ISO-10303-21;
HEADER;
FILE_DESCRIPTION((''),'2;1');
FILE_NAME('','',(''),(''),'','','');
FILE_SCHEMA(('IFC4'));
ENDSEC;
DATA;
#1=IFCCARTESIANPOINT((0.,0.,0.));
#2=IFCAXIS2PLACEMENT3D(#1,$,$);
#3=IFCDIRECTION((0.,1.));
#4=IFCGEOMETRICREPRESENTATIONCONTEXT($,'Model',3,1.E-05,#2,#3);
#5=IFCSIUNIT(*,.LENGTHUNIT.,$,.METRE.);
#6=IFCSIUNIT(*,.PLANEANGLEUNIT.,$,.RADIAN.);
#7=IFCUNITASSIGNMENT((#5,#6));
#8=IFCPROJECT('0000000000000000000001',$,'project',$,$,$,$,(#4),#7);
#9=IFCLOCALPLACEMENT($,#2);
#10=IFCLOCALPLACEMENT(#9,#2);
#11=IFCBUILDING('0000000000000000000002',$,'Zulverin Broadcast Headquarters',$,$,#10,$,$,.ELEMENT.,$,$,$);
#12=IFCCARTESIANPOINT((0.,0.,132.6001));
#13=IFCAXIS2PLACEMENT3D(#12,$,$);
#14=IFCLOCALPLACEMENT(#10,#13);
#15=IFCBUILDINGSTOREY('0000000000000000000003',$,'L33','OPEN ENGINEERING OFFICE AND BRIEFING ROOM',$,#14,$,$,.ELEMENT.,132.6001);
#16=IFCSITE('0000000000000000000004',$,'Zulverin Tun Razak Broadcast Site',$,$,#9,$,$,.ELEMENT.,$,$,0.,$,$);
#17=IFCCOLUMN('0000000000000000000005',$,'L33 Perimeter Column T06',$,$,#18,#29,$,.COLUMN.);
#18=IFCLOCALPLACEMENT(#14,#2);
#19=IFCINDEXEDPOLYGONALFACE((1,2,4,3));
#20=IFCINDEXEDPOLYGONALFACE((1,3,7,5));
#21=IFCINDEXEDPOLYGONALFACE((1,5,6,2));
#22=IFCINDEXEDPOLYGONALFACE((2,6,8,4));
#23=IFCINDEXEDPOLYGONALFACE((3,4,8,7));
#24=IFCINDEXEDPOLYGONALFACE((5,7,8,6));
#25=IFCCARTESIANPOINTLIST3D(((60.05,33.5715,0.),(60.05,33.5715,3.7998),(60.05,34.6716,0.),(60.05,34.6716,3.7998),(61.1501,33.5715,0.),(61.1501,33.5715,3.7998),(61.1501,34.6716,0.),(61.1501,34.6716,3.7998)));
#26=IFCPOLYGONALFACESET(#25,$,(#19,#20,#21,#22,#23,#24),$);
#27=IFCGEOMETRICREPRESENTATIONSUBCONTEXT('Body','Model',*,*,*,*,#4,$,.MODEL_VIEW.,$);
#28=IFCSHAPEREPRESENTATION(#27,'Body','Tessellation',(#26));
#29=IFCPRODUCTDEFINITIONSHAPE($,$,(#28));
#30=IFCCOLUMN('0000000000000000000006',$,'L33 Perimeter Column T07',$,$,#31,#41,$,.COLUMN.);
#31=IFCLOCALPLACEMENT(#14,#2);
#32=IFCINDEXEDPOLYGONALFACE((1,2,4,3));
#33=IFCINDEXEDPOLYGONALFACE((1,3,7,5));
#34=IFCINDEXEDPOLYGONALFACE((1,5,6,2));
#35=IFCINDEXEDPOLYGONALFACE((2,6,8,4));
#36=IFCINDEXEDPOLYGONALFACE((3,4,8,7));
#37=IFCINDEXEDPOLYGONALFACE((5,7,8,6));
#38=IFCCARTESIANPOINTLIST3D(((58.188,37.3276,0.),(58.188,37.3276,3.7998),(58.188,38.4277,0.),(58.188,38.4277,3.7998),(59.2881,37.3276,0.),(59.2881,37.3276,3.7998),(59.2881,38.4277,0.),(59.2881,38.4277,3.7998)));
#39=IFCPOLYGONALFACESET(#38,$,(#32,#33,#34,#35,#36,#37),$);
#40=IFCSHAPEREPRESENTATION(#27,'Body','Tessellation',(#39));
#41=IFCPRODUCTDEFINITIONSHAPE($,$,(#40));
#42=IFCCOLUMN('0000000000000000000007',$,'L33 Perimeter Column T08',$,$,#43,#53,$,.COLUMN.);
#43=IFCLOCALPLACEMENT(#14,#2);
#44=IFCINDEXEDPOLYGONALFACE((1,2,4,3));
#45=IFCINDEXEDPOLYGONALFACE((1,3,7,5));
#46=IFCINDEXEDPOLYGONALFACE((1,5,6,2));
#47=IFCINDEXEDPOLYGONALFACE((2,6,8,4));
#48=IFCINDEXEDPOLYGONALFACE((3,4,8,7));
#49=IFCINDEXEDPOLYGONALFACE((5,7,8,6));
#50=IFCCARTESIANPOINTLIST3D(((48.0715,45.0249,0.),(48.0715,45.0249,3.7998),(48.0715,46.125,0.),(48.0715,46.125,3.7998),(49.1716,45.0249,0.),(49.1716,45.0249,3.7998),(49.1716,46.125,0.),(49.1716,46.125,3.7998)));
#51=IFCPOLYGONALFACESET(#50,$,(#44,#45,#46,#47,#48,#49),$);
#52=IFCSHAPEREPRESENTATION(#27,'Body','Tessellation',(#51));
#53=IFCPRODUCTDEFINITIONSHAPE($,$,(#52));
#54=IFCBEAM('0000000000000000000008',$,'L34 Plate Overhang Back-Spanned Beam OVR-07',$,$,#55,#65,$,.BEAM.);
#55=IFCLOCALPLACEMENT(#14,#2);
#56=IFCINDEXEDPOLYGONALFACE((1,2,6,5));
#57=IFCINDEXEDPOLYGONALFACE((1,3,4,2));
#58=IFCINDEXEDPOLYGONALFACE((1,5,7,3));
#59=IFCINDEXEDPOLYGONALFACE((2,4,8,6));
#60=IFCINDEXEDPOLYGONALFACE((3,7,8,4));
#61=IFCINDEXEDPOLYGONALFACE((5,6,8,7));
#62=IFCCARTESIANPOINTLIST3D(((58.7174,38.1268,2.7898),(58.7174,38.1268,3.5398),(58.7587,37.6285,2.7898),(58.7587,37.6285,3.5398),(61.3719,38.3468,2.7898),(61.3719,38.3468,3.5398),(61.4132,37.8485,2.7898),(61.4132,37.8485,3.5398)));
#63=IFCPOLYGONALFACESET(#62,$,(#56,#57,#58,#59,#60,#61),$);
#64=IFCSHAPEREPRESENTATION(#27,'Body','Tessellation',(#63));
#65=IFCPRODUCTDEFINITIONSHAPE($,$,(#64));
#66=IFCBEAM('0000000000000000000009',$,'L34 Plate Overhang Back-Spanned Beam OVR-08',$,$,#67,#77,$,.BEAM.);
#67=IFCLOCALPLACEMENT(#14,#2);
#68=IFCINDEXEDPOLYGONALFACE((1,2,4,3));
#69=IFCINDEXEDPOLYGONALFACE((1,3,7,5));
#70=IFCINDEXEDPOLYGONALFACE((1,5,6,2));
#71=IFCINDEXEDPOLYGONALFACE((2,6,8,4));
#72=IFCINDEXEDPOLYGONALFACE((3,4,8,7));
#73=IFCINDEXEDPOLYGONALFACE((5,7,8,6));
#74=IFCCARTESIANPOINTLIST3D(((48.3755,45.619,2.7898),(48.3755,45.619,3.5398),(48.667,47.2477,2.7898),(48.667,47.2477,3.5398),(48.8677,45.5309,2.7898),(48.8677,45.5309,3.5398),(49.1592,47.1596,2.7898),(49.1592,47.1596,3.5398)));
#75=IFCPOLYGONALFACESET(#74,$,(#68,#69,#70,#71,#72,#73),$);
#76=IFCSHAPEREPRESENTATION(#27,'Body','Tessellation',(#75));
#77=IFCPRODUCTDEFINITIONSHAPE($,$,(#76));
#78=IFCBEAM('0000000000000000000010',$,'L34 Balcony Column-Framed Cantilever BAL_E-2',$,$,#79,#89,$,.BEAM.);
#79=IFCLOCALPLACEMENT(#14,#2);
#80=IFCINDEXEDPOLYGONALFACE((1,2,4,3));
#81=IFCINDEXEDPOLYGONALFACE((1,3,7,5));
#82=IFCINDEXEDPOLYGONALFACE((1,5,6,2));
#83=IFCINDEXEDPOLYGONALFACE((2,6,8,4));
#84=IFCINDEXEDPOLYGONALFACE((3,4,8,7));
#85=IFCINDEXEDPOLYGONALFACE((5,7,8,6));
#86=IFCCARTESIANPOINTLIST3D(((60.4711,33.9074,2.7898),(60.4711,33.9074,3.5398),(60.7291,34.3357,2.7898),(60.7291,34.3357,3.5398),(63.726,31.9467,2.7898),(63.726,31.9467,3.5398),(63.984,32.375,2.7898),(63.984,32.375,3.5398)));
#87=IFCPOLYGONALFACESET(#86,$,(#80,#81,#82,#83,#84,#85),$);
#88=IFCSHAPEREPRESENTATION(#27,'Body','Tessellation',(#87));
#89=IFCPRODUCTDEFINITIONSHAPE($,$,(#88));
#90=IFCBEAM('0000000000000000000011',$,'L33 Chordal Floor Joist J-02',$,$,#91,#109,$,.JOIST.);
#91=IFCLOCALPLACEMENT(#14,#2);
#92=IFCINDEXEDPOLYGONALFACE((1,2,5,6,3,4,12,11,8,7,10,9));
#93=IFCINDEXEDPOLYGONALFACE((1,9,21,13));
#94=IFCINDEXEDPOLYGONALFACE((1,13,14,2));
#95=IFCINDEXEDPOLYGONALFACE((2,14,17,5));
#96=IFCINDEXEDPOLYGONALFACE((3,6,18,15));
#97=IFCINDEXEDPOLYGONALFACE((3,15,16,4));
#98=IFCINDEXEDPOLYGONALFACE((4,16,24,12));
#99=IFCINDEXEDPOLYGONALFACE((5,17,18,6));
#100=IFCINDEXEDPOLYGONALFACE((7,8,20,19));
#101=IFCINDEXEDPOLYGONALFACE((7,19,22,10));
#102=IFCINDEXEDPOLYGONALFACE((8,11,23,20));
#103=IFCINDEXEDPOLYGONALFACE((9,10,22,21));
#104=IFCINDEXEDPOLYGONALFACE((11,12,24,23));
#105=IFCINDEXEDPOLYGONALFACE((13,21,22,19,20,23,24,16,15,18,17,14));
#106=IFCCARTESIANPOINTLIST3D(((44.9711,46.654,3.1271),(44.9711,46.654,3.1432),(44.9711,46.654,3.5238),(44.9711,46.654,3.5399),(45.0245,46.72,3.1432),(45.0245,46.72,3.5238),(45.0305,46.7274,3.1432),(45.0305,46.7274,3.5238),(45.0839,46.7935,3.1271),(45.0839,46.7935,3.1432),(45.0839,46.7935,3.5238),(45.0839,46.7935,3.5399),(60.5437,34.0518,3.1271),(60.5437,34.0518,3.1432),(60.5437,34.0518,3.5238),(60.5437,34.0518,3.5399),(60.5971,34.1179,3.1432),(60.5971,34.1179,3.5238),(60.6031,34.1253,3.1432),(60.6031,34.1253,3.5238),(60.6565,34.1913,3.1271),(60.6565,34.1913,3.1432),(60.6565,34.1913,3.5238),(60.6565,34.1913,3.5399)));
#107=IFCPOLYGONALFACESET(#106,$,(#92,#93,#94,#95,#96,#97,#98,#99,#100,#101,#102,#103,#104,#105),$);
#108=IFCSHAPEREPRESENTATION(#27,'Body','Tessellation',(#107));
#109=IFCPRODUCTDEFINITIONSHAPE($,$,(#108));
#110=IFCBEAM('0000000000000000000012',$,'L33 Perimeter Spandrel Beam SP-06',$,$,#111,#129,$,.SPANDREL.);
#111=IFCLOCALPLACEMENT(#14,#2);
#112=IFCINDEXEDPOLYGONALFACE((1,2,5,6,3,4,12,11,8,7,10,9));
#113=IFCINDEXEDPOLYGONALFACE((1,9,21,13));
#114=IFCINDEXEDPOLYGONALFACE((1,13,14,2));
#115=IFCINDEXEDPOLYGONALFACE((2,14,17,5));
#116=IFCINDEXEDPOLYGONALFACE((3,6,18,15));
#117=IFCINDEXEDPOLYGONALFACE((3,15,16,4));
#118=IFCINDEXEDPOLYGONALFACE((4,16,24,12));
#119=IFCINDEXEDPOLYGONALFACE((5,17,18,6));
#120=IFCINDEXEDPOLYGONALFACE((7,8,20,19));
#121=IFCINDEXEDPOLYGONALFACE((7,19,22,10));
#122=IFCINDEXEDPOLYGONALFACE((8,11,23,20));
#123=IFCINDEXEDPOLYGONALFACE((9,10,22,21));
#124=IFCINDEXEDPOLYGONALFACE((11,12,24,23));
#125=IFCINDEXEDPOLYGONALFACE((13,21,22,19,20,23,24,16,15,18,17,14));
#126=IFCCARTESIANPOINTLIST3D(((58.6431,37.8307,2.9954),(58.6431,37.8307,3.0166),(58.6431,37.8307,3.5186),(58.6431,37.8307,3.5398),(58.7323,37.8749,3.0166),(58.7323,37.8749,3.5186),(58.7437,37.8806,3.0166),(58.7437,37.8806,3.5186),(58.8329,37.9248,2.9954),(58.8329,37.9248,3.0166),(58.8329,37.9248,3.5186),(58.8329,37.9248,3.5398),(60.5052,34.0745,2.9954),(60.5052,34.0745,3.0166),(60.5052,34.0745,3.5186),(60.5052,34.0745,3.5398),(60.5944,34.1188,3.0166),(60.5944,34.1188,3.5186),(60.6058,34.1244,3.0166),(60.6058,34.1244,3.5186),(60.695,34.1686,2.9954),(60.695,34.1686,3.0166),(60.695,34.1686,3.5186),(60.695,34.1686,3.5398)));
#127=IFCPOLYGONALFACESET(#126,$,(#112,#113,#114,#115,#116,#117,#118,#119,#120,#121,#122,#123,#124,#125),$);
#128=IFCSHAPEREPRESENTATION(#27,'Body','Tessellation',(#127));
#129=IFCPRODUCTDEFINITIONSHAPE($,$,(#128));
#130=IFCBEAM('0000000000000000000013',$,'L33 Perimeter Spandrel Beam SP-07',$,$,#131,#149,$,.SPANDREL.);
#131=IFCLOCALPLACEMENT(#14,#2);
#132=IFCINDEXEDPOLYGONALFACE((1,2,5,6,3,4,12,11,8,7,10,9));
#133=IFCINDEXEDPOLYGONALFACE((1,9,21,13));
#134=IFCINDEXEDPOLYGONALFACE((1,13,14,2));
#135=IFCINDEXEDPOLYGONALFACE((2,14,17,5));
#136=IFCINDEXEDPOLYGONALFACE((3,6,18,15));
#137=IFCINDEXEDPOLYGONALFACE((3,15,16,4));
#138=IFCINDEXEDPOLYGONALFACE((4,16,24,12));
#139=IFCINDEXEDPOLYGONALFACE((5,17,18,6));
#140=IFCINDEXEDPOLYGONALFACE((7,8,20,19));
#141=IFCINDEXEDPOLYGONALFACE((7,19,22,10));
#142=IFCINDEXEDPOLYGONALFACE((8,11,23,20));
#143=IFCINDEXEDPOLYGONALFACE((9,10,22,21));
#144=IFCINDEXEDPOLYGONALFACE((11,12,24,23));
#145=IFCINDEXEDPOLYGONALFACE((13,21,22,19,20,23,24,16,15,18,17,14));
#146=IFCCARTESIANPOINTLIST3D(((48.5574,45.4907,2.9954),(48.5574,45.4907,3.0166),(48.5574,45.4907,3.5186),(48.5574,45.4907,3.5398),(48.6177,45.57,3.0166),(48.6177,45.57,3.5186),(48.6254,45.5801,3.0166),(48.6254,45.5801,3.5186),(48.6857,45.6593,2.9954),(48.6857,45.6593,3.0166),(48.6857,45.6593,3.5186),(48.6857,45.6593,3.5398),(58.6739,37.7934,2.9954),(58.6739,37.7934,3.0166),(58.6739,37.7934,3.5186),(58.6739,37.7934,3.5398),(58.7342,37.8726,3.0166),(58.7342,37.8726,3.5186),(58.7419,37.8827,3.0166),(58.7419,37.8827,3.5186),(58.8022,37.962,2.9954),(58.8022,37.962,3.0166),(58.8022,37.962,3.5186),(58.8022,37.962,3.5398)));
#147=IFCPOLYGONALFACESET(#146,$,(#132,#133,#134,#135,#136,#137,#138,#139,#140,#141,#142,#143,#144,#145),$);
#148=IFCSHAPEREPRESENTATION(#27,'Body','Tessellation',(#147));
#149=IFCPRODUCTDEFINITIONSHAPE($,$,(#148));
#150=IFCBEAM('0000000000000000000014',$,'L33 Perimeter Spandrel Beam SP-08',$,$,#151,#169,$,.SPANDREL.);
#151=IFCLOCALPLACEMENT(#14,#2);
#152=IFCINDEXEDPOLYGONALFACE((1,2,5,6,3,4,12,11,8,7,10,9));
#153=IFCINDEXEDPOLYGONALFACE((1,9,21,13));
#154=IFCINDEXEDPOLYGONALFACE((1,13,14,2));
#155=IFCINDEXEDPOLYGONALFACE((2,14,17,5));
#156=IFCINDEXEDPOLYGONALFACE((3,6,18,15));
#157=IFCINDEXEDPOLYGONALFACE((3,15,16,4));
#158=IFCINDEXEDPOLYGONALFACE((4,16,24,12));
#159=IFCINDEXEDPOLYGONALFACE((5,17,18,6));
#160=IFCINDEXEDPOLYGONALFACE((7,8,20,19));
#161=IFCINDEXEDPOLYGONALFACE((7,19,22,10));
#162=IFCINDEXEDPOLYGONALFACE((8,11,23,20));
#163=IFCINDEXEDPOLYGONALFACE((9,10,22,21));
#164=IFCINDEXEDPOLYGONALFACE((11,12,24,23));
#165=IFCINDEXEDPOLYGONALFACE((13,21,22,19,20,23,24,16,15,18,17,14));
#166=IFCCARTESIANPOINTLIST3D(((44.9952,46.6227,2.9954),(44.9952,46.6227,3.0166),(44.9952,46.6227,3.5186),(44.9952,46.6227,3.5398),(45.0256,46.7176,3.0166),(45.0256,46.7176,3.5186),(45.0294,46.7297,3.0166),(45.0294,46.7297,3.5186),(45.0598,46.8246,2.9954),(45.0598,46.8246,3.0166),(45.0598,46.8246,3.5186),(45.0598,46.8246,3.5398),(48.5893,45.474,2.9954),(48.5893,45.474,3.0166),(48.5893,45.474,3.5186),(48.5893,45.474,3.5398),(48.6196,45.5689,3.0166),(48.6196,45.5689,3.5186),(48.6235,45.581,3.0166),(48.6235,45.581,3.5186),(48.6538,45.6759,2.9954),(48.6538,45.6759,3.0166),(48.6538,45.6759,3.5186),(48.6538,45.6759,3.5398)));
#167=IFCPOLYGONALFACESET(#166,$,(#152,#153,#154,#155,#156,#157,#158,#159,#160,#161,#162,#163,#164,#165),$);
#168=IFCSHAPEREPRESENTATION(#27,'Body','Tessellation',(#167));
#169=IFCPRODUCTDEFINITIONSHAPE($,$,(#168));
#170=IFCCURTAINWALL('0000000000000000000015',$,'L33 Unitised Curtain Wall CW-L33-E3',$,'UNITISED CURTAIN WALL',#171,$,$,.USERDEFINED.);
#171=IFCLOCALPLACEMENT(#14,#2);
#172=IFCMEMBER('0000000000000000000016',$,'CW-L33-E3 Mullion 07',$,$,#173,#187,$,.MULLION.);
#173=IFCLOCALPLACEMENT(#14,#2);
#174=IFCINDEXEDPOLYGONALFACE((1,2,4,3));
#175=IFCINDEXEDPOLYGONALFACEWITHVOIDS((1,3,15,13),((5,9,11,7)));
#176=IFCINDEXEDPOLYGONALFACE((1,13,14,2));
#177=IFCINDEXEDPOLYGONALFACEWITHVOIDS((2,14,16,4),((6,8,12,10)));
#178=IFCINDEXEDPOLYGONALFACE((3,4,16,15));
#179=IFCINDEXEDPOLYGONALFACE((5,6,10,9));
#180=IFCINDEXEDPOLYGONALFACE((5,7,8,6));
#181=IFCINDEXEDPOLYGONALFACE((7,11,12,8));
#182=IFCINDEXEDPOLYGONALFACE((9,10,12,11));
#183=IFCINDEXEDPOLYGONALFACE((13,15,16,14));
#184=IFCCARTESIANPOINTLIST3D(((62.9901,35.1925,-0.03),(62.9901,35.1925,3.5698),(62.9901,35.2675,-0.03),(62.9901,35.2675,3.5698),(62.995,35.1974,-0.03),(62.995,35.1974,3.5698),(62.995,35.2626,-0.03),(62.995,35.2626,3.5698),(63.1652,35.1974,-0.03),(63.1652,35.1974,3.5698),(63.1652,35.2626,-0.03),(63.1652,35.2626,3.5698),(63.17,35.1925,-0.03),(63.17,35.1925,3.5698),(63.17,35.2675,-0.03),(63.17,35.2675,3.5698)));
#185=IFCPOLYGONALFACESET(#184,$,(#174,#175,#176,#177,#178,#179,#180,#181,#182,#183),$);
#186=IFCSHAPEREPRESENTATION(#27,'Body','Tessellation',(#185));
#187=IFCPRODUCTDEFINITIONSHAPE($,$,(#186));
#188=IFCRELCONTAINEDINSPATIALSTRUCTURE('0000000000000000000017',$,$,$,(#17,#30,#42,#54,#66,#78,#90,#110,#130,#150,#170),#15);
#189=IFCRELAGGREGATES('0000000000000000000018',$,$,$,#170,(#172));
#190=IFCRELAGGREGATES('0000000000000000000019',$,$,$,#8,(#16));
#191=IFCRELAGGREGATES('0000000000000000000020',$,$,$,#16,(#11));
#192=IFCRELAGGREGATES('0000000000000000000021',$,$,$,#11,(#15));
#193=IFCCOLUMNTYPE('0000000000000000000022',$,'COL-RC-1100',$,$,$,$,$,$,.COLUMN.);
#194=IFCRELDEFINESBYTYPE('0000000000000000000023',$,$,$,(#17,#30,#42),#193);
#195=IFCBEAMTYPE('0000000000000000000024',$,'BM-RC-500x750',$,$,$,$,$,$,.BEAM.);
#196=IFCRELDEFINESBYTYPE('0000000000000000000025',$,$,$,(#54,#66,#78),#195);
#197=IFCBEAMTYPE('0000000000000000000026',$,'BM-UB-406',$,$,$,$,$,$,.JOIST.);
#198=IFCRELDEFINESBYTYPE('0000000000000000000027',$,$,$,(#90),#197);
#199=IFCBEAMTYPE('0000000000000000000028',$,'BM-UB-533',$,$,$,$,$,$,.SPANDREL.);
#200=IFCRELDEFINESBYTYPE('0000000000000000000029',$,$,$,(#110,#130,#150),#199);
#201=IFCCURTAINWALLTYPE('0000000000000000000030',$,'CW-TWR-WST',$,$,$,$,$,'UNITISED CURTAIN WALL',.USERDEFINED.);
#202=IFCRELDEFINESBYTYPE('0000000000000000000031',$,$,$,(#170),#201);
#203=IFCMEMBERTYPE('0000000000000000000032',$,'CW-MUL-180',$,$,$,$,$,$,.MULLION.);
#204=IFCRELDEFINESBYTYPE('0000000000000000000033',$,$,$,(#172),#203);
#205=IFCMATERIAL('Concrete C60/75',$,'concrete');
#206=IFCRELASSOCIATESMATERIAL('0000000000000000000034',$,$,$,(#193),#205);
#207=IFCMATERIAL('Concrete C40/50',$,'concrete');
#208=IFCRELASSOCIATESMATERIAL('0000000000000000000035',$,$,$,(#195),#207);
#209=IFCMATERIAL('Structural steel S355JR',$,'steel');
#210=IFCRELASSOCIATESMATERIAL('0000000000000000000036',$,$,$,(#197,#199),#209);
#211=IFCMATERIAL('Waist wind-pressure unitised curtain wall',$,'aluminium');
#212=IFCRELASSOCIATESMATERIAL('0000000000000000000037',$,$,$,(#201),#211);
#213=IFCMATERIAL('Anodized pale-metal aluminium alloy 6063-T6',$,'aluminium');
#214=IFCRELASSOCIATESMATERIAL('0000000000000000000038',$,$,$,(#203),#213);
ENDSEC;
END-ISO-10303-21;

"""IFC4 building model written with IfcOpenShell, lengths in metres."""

from ifc_helpers import new_model, si_unit, direction, frame, origin, origin_2d, place, context, subcontext, project, spatial, rectangle, hollow_rectangle, i_section, extrude, material, material_profile, profile_set, type_object, element, aggregate, save


model = new_model("IFC4")

# Units and contexts
model_context = context("Model", 3, precision=1e-05, world=origin(), true_north=direction((0.0, 1.0)))
body_context = subcontext(model_context, "Body", "Model", "MODEL_VIEW")
ifc_project = project(units=[si_unit("LENGTHUNIT", "METRE"), si_unit("PLANEANGLEUNIT", "RADIAN")], contexts=[model_context])

# Site, building, storey
site_placement = place(None, origin())
site = spatial("IfcSite", under=ifc_project, at=site_placement, Name="Zulverin Tun Razak Broadcast Site", CompositionType="ELEMENT", RefElevation=0.0)
building_placement = place(site_placement, origin())
building = spatial("IfcBuilding", under=site, at=building_placement, Name="Zulverin Broadcast Headquarters", CompositionType="ELEMENT")
storey_placement = place(building_placement, frame((0.0, 0.0, 132.6001)))
storey = spatial("IfcBuildingStorey", under=building, at=storey_placement, Name="L33", Description="OPEN ENGINEERING OFFICE AND BRIEFING ROOM", CompositionType="ELEMENT", Elevation=132.6001)

# Columns
ifc_material_1 = material(Name="Concrete C60/75", Category="concrete")
ifc_material_profile_1 = material_profile(ifc_material_1, rectangle(XDim=1.1001, YDim=1.1001, at=origin_2d()), Name="Concrete C60/75", Category="concrete")
ifc_profile_set_1 = profile_set([ifc_material_profile_1], Name="Concrete C60/75")
column_type = type_object("IfcColumnType", Name="COL-RC-1100", PredefinedType="COLUMN", material=ifc_profile_set_1)
for number, where, z_axis, x_axis, name in (
    (1, (60.6001, 34.1216, 0.0), (0.0, 0.0, 1.0), (1.0, 0.0, 0.0), "L33 Perimeter Column T06"),
    (2, (58.738, 37.8777, 0.0), (0.0, 0.0, 1.0), (1.0, 0.0, 0.0), "L33 Perimeter Column T07"),
    (3, (48.6216, 45.575, 0.0), (0.0, 0.0, 1.0), (1.0, 0.0, 0.0), "L33 Perimeter Column T08"),
):
    element("IfcColumn", number, at=place(storey_placement, frame(where, z_axis=z_axis, x_axis=x_axis)), inside=storey, type_object=column_type, Name=name, PredefinedType="COLUMN", context=body_context, shape_type="SweptSolid", body=[
        extrude(rectangle(XDim=1.1001, YDim=1.1001, at=origin_2d()), origin(), (0.0, 0.0, 1.0), 3.7998),
    ])

# Beams
ifc_material_2 = material(Name="Concrete C40/50", Category="concrete")
ifc_material_profile_2 = material_profile(ifc_material_2, rectangle(XDim=0.5, YDim=0.75, at=origin_2d()), Name="Concrete C40/50", Category="concrete")
ifc_profile_set_2 = profile_set([ifc_material_profile_2], Name="Concrete C40/50")
beam_type_1 = type_object("IfcBeamType", Name="BM-RC-500x750", PredefinedType="BEAM", material=ifc_profile_set_2)
beam_1_placement = place(storey_placement, frame((58.738, 37.8777, 3.1648), z_axis=(0.996584, 0.082583, 0.0), x_axis=(-0.082583, 0.996584, 0.0)))
element("IfcBeam", 4, at=beam_1_placement, inside=storey, type_object=beam_type_1, Name="L34 Plate Overhang Back-Spanned Beam OVR-07", PredefinedType="BEAM", context=body_context, shape_type="SweptSolid", body=[
    extrude(rectangle(XDim=0.5, YDim=0.75, at=origin_2d()), origin(), (0.0, 0.0, 1.0), 2.6636),
])
beam_2_placement = place(storey_placement, frame((48.6216, 45.575, 3.1648), z_axis=(0.176184, 0.984357, 0.0), x_axis=(-0.984357, 0.176184, 0.0)))
element("IfcBeam", 5, at=beam_2_placement, inside=storey, type_object=beam_type_1, Name="L34 Plate Overhang Back-Spanned Beam OVR-08", PredefinedType="BEAM", context=body_context, shape_type="SweptSolid", body=[
    extrude(rectangle(XDim=0.5, YDim=0.75, at=origin_2d()), origin(), (0.0, 0.0, 1.0), 1.6545),
])
beam_3_placement = place(storey_placement, frame((60.6001, 34.1216, 3.1648), z_axis=(0.85659, -0.515997, 0.0), x_axis=(0.515997, 0.85659, 0.0)))
element("IfcBeam", 6, at=beam_3_placement, inside=storey, type_object=beam_type_1, Name="L34 Balcony Column-Framed Cantilever BAL_E-2", PredefinedType="BEAM", context=body_context, shape_type="SweptSolid", body=[
    extrude(rectangle(XDim=0.5, YDim=0.75, at=origin_2d()), origin(), (0.0, 0.0, 1.0), 3.7998),
])
ifc_material_3 = material(Name="Structural steel S355JR", Category="steel")
ifc_material_profile_3 = material_profile(ifc_material_3, i_section(OverallWidth=0.1794, OverallDepth=0.4128, WebThickness=0.0095, FlangeThickness=0.0161, at=origin_2d()), Name="Structural steel S355JR", Category="steel")
ifc_profile_set_3 = profile_set([ifc_material_profile_3], Name="Structural steel S355JR")
beam_type_2 = type_object("IfcBeamType", Name="BM-UB-406", PredefinedType="JOIST", material=ifc_profile_set_3)
beam_4_placement = place(storey_placement, frame((60.6001, 34.1216, 3.3335), z_axis=(-0.777349, 0.62907, 0.0), x_axis=(-0.62907, -0.777349, 0.0)))
element("IfcBeam", 7, at=beam_4_placement, inside=storey, type_object=beam_type_2, Name="L33 Chordal Floor Joist J-02", PredefinedType="JOIST", context=body_context, shape_type="SweptSolid", body=[
    extrude(i_section(OverallWidth=0.1794, OverallDepth=0.4128, WebThickness=0.0095, FlangeThickness=0.0161, at=origin_2d()), origin(), (0.0, 0.0, 1.0), 20.033),
])
ifc_material_profile_4 = material_profile(ifc_material_3, i_section(OverallWidth=0.2119, OverallDepth=0.5444, WebThickness=0.0127, FlangeThickness=0.0212, at=origin_2d()), Name="Structural steel S355JR", Category="steel")
ifc_profile_set_4 = profile_set([ifc_material_profile_4], Name="Structural steel S355JR")
beam_type_3 = type_object("IfcBeamType", Name="BM-UB-533", PredefinedType="SPANDREL", material=ifc_profile_set_4)
beam_5_placement = place(storey_placement, frame((60.6001, 34.1216, 3.2676), z_axis=(-0.444159, 0.895948, 0.0), x_axis=(-0.895948, -0.444159, 0.0)))
element("IfcBeam", 8, at=beam_5_placement, inside=storey, type_object=beam_type_3, Name="L33 Perimeter Spandrel Beam SP-06", PredefinedType="SPANDREL", context=body_context, shape_type="SweptSolid", body=[
    extrude(i_section(OverallWidth=0.2119, OverallDepth=0.5444, WebThickness=0.0127, FlangeThickness=0.0212, at=origin_2d()), origin(), (0.0, 0.0, 1.0), 4.1924),
])
beam_6_placement = place(storey_placement, frame((58.738, 37.8777, 3.2676), z_axis=(-0.79583, 0.60552, 0.0), x_axis=(-0.60552, -0.79583, 0.0)))
element("IfcBeam", 9, at=beam_6_placement, inside=storey, type_object=beam_type_3, Name="L33 Perimeter Spandrel Beam SP-07", PredefinedType="SPANDREL", context=body_context, shape_type="SweptSolid", body=[
    extrude(i_section(OverallWidth=0.2119, OverallDepth=0.5444, WebThickness=0.0127, FlangeThickness=0.0212, at=origin_2d()), origin(), (0.0, 0.0, 1.0), 12.7119),
])
beam_7_placement = place(storey_placement, frame((48.6216, 45.575, 3.2676), z_axis=(-0.952532, 0.30444, 0.0), x_axis=(-0.30444, -0.952532, 0.0)))
element("IfcBeam", 10, at=beam_7_placement, inside=storey, type_object=beam_type_3, Name="L33 Perimeter Spandrel Beam SP-08", PredefinedType="SPANDREL", context=body_context, shape_type="SweptSolid", body=[
    extrude(i_section(OverallWidth=0.2119, OverallDepth=0.5444, WebThickness=0.0127, FlangeThickness=0.0212, at=origin_2d()), origin(), (0.0, 0.0, 1.0), 3.7732),
])

# Curtain wall, member
ifc_material_4 = material(Name="Waist wind-pressure unitised curtain wall", Category="aluminium")
curtain_wall_type = type_object("IfcCurtainWallType", Name="CW-TWR-WST", ElementType="UNITISED CURTAIN WALL", PredefinedType="USERDEFINED", material=ifc_material_4)
curtain_wall_placement = place(storey_placement, origin())
curtain_wall = element("IfcCurtainWall", 11, at=curtain_wall_placement, inside=storey, type_object=curtain_wall_type, Name="L33 Unitised Curtain Wall CW-L33-E3", ObjectType="UNITISED CURTAIN WALL", PredefinedType="USERDEFINED")
ifc_material_5 = material(Name="Anodized pale-metal aluminium alloy 6063-T6", Category="aluminium")
ifc_material_profile_5 = material_profile(ifc_material_5, hollow_rectangle(XDim=0.075, YDim=0.1799, WallThickness=0.0049, at=origin_2d()), Name="Anodized pale-metal aluminium alloy 6063-T6", Category="aluminium")
ifc_profile_set_5 = profile_set([ifc_material_profile_5], Name="Anodized pale-metal aluminium alloy 6063-T6")
member_type = type_object("IfcMemberType", Name="CW-MUL-180", PredefinedType="MULLION", material=ifc_profile_set_5)
member_placement = place(storey_placement, frame((63.0801, 35.23, -0.03), z_axis=(0.0, 0.0, 1.0), x_axis=(0.0, 1.0, 0.0)))
member = element("IfcMember", 12, at=member_placement, type_object=member_type, Name="CW-L33-E3 Mullion 07", PredefinedType="MULLION", context=body_context, shape_type="SweptSolid", body=[
    extrude(hollow_rectangle(XDim=0.075, YDim=0.1799, WallThickness=0.0049, at=origin_2d()), origin(), (0.0, 0.0, 1.0), 3.5999),
])
aggregate(curtain_wall, [member])

save(model, "model.ifc")
